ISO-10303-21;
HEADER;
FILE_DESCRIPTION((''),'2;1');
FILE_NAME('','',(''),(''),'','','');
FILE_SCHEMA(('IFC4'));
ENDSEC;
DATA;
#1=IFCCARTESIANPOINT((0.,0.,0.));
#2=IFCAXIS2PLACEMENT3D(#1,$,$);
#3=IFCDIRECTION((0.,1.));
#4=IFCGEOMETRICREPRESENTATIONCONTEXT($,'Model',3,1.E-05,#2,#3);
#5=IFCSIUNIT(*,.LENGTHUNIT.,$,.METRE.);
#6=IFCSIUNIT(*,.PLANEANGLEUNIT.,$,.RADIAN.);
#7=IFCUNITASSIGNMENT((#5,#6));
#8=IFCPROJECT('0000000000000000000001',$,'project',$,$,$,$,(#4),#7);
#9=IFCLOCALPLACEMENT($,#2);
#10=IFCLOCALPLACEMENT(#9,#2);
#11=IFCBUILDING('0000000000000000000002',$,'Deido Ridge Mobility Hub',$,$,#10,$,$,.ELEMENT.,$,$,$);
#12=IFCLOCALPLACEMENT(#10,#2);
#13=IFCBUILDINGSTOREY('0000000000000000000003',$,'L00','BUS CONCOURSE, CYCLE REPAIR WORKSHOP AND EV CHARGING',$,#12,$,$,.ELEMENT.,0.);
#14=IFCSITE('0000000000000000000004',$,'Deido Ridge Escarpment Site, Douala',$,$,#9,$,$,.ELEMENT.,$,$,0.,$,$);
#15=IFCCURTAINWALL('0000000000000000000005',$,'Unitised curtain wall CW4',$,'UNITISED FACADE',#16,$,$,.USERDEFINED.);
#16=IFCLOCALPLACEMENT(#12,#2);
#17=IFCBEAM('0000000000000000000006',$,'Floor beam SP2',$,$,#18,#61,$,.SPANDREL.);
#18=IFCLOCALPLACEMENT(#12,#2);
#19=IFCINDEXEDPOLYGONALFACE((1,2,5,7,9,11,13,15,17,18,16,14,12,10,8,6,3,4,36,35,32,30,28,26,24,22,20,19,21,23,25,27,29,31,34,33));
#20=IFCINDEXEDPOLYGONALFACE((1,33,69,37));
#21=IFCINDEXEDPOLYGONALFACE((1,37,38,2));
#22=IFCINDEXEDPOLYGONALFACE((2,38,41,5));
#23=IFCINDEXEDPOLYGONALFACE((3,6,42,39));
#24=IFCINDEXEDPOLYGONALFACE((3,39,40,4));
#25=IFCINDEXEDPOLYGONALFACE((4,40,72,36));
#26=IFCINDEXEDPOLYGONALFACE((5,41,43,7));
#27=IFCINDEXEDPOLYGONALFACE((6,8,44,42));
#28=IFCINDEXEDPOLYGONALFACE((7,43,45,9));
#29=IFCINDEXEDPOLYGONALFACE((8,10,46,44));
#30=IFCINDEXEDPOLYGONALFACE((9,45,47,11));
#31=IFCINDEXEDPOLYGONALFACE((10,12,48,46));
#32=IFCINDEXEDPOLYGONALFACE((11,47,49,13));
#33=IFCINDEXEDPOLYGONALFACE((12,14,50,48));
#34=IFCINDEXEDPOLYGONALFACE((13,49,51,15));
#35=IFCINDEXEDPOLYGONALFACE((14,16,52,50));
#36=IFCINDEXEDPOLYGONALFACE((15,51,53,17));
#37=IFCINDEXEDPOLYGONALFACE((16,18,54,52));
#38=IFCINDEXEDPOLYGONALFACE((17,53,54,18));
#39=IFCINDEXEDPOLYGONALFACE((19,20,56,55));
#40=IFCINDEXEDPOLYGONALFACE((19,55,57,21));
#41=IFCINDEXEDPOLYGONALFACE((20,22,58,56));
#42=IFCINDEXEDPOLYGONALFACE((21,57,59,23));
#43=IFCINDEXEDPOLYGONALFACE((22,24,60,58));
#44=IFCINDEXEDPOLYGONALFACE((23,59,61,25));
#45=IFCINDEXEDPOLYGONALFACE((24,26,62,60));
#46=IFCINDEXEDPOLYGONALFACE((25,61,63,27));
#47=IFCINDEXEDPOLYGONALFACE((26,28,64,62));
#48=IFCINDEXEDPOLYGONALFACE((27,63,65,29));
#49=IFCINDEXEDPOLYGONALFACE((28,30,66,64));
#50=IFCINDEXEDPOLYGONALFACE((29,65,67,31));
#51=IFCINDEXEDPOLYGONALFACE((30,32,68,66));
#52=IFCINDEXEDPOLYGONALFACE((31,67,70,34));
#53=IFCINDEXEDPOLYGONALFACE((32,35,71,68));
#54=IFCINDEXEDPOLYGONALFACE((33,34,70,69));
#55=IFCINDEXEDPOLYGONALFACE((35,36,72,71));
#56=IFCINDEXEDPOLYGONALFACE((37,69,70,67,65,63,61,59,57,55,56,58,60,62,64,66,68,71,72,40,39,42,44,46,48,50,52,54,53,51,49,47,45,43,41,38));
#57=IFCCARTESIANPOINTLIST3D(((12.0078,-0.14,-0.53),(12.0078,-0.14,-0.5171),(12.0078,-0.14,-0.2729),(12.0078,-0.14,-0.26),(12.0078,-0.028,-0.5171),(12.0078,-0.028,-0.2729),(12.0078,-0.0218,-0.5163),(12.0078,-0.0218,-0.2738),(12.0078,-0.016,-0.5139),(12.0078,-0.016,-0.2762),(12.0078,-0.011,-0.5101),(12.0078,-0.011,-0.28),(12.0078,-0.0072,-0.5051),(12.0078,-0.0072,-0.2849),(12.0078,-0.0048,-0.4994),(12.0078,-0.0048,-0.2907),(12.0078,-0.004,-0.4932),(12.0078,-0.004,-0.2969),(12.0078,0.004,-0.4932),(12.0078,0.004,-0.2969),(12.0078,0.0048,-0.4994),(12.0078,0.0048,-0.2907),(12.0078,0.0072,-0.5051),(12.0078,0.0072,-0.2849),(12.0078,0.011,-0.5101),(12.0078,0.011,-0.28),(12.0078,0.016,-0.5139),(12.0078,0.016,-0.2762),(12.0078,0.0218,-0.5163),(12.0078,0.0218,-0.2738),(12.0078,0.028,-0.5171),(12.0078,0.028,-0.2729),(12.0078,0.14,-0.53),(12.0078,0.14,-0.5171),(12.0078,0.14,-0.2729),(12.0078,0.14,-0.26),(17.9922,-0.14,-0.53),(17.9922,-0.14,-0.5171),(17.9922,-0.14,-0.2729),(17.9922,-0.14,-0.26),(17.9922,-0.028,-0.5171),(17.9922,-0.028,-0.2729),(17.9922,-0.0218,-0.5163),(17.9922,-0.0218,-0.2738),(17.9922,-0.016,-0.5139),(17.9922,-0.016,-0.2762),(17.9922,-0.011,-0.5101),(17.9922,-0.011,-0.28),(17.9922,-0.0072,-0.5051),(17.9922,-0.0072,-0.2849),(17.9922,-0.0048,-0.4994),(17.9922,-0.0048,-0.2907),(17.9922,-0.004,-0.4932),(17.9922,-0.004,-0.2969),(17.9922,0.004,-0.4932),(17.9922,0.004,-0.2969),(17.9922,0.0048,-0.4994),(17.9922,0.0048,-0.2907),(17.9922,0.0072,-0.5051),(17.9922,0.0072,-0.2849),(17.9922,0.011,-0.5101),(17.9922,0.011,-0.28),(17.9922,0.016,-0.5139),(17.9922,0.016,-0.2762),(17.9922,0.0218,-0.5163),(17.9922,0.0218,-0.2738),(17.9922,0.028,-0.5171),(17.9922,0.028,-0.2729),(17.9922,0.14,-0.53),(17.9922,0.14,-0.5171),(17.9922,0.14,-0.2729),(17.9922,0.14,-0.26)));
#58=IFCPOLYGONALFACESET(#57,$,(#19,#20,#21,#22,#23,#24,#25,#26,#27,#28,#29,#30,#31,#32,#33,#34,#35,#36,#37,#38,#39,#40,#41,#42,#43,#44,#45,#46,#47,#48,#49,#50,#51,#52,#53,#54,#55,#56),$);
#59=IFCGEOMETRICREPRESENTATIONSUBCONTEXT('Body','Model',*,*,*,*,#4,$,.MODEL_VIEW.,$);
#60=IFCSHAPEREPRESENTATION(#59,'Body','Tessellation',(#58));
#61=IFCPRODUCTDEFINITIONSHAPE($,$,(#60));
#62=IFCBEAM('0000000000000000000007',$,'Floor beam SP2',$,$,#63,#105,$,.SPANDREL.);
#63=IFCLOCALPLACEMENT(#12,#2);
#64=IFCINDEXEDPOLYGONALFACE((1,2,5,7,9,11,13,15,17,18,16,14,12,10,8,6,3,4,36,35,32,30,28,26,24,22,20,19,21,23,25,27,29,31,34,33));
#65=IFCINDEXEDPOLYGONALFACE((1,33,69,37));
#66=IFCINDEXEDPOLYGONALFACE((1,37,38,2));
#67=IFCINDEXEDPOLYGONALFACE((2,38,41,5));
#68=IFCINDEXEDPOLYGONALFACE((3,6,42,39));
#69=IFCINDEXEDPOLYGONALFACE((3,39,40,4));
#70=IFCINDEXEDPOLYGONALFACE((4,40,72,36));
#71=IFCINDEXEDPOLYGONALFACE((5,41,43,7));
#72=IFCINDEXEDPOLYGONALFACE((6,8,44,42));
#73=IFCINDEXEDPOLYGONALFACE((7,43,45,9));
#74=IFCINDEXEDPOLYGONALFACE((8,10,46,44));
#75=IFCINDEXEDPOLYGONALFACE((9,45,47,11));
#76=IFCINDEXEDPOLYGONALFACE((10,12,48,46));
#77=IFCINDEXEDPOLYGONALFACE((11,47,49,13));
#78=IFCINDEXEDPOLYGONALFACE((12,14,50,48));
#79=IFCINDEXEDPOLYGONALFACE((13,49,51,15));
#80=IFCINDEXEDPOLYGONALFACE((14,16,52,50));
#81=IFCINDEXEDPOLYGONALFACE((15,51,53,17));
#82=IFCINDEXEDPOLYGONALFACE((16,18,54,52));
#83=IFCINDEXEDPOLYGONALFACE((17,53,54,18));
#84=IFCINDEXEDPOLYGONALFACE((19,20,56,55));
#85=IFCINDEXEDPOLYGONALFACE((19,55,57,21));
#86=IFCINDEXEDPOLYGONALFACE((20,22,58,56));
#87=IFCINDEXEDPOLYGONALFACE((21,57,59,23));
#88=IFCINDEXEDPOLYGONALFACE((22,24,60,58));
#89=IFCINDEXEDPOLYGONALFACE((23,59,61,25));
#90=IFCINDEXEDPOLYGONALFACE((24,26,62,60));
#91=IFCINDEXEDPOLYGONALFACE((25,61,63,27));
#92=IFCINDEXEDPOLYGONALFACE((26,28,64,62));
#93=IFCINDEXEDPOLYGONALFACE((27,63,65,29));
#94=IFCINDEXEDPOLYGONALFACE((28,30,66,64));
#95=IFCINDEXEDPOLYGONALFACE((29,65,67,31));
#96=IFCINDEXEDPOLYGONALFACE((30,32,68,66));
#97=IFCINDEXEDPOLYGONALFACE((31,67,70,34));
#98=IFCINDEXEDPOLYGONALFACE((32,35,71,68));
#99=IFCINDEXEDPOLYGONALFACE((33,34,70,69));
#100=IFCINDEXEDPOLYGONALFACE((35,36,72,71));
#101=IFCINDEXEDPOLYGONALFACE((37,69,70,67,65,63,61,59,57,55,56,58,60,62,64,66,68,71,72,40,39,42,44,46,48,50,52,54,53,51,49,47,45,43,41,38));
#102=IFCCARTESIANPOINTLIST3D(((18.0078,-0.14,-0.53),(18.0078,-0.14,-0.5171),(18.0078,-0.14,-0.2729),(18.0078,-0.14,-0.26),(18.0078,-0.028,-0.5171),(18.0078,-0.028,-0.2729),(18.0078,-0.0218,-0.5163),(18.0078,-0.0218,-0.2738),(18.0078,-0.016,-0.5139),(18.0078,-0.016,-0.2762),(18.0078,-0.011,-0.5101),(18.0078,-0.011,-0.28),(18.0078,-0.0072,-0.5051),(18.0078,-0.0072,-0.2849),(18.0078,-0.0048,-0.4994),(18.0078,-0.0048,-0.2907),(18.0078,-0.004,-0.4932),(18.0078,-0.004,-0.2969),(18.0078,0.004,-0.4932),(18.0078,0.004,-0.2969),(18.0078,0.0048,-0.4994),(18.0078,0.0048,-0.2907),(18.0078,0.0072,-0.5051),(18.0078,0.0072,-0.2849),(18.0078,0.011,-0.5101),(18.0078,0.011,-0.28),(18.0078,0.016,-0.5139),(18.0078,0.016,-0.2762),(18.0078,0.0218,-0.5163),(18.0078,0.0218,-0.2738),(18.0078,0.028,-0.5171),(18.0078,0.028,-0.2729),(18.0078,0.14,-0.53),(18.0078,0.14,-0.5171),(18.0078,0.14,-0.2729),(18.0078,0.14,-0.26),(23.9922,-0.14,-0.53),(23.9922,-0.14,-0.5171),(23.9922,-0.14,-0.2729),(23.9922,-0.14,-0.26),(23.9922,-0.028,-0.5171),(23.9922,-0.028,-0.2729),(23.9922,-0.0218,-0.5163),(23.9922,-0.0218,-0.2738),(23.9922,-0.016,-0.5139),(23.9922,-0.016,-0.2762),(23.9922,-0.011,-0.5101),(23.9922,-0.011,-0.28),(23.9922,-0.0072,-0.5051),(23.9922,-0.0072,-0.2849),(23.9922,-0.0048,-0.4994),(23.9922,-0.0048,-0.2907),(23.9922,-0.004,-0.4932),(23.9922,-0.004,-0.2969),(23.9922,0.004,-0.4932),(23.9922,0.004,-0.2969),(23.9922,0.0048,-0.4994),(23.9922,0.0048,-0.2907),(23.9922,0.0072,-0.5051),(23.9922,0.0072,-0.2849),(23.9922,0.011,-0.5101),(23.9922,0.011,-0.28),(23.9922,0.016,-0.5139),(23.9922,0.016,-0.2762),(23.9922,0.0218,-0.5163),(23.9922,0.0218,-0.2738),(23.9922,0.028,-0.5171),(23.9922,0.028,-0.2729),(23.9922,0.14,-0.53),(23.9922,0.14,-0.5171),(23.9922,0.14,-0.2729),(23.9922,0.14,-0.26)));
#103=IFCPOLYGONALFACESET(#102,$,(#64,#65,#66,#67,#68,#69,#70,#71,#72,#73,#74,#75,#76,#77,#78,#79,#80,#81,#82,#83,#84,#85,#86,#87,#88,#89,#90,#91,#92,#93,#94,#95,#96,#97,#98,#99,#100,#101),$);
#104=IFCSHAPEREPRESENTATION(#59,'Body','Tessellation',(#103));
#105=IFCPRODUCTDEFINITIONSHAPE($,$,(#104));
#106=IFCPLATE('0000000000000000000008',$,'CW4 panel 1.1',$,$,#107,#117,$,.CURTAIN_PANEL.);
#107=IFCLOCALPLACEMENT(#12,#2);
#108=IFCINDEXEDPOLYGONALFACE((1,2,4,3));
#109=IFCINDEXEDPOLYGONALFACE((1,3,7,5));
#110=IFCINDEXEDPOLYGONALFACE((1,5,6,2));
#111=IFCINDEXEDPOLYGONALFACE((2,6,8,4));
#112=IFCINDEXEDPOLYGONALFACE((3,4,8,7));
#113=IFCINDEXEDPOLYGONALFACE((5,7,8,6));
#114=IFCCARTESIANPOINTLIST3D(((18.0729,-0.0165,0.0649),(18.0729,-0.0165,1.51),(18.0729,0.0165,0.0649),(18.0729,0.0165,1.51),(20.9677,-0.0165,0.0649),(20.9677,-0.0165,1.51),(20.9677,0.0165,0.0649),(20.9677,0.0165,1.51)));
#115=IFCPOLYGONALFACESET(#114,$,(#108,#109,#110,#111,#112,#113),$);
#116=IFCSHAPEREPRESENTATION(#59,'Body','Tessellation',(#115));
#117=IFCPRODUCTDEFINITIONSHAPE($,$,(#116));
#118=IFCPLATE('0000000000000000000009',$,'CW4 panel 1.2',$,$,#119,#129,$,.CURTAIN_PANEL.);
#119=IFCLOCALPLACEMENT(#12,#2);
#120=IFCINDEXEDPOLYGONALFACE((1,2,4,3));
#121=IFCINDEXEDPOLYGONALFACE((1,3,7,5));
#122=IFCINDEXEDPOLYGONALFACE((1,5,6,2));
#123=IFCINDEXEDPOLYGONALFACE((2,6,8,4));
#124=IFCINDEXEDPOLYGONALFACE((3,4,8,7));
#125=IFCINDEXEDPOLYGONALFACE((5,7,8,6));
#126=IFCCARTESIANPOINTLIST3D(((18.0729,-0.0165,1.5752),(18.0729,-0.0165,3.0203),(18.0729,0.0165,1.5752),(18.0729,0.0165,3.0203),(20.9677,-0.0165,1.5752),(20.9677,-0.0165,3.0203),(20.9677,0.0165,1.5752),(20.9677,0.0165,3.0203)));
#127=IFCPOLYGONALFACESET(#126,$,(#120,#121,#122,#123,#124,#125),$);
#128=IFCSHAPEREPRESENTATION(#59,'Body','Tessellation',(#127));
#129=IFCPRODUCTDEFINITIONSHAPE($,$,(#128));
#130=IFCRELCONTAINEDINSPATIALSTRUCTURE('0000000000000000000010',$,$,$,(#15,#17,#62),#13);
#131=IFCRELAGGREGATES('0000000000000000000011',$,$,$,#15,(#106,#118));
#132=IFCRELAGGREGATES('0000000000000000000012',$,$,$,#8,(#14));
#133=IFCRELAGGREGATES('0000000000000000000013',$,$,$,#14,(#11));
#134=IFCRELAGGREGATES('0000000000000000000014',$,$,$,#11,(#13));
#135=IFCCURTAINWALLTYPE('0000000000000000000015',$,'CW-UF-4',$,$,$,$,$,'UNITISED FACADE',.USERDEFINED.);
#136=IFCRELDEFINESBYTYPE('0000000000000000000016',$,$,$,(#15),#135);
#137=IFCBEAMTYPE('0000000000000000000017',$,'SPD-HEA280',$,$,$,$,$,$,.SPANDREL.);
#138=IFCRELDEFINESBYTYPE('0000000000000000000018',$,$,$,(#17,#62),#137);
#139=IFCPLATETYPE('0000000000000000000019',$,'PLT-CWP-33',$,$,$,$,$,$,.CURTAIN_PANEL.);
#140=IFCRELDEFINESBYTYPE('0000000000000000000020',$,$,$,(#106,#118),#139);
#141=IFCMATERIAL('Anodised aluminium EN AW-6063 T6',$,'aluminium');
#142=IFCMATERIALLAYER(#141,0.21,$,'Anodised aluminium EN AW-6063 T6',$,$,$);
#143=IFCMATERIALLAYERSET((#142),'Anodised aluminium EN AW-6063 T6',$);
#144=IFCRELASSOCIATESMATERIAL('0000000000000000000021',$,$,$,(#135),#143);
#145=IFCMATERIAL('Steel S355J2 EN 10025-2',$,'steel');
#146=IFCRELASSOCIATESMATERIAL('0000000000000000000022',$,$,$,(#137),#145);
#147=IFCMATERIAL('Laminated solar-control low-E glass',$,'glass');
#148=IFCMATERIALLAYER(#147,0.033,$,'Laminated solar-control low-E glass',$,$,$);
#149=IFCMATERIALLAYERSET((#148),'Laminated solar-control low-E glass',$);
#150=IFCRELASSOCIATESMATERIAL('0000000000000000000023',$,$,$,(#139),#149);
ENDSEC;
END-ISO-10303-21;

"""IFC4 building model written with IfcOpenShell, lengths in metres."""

from ifc_helpers import new_model, si_unit, direction, frame, origin, origin_2d, place, context, subcontext, project, spatial, rectangle, i_section, extrude, material, layer, layer_set, material_profile, profile_set, type_object, element, aggregate, save


model = new_model("IFC4")

# Units and contexts
model_context = context("Model", 3, precision=1e-05, world=origin(), true_north=direction((0.0, 1.0)))
body_context = subcontext(model_context, "Body", "Model", "MODEL_VIEW")
ifc_project = project(units=[si_unit("LENGTHUNIT", "METRE"), si_unit("PLANEANGLEUNIT", "RADIAN")], contexts=[model_context])

# Site, building, storey
site_placement = place(None, origin())
site = spatial("IfcSite", under=ifc_project, at=site_placement, Name="Deido Ridge Escarpment Site, Douala", CompositionType="ELEMENT", RefElevation=0.0)
building_placement = place(site_placement, origin())
building = spatial("IfcBuilding", under=site, at=building_placement, Name="Deido Ridge Mobility Hub", CompositionType="ELEMENT")
storey_placement = place(building_placement, origin())
storey = spatial("IfcBuildingStorey", under=building, at=storey_placement, Name="L00", Description="BUS CONCOURSE, CYCLE REPAIR WORKSHOP AND EV CHARGING", CompositionType="ELEMENT", Elevation=0.0)

# Shared definitions
ifc_material_1 = material(Name="Steel S355J2 EN 10025-2", Category="steel")

# Shared definitions
ifc_material_2 = material(Name="Anodised aluminium EN AW-6063 T6", Category="aluminium")

# Curtain wall
ifc_layer_1 = layer(ifc_material_2, 0.21, Name="Anodised aluminium EN AW-6063 T6")
ifc_layer_set_1 = layer_set([ifc_layer_1], Name="Anodised aluminium EN AW-6063 T6")
curtain_wall_type_1 = type_object("IfcCurtainWallType", Name="CW-UF-4", ElementType="UNITISED FACADE", PredefinedType="USERDEFINED", material=ifc_layer_set_1)
curtain_wall_1_placement = place(storey_placement, origin())
curtain_wall_1 = element("IfcCurtainWall", 1, at=curtain_wall_1_placement, inside=storey, type_object=curtain_wall_type_1, Name="Unitised curtain wall CW4", ObjectType="UNITISED FACADE", PredefinedType="USERDEFINED")

# Beams
ifc_material_profile_1 = material_profile(ifc_material_1, i_section(OverallWidth=0.28, OverallDepth=0.27, WebThickness=0.0081, FlangeThickness=0.0129, FilletRadius=0.0239, at=origin_2d()), Name="HEA 280")
ifc_profile_set_1 = profile_set([ifc_material_profile_1], Name="Steel S355J2 EN 10025-2")
beam_type_1 = type_object("IfcBeamType", Name="SPD-HEA280", PredefinedType="SPANDREL", material=ifc_profile_set_1)
for number, where, z_axis, x_axis, name in (
    (2, (12.0078, 0.0, -0.395), (1.0, 0.0, 0.0), (0.0, 1.0, 0.0), "Floor beam SP2"),
    (3, (18.0078, 0.0, -0.395), (1.0, 0.0, 0.0), (0.0, 1.0, 0.0), "Floor beam SP2"),
):
    element("IfcBeam", number, at=place(storey_placement, frame(where, z_axis=z_axis, x_axis=x_axis)), inside=storey, type_object=beam_type_1, Name=name, PredefinedType="SPANDREL", context=body_context, shape_type="SweptSolid", body=[
        extrude(i_section(OverallWidth=0.28, OverallDepth=0.27, WebThickness=0.0081, FlangeThickness=0.0129, FilletRadius=0.0239, at=origin_2d()), origin(), (0.0, 0.0, 1.0), 5.9844),
    ])

# Plates
ifc_material_3 = material(Name="Laminated solar-control low-E glass", Category="glass")
ifc_layer_2 = layer(ifc_material_3, 0.033, Name="Laminated solar-control low-E glass")
ifc_layer_set_2 = layer_set([ifc_layer_2], Name="Laminated solar-control low-E glass")
plate_type = type_object("IfcPlateType", Name="PLT-CWP-33", PredefinedType="CURTAIN_PANEL", material=ifc_layer_set_2)
plate_1_placement = place(storey_placement, frame((19.5203, 0.0, 0.0649), z_axis=(0.0, 0.0, 1.0), x_axis=(1.0, 0.0, 0.0)))
plate_1 = element("IfcPlate", 4, at=plate_1_placement, type_object=plate_type, Name="CW4 panel 1.1", PredefinedType="CURTAIN_PANEL", context=body_context, shape_type="SweptSolid", body=[
    extrude(rectangle(XDim=2.8948, YDim=0.033, at=origin_2d()), origin(), (0.0, 0.0, 1.0), 1.4451),
])
plate_2_placement = place(storey_placement, frame((19.5203, 0.0, 1.5752), z_axis=(0.0, 0.0, 1.0), x_axis=(1.0, 0.0, 0.0)))
plate_2 = element("IfcPlate", 5, at=plate_2_placement, type_object=plate_type, Name="CW4 panel 1.2", PredefinedType="CURTAIN_PANEL", context=body_context, shape_type="SweptSolid", body=[
    extrude(rectangle(XDim=2.8948, YDim=0.033, at=origin_2d()), origin(), (0.0, 0.0, 1.0), 1.4451),
])
aggregate(curtain_wall_1, [plate_1, plate_2])

save(model, "model.ifc")
